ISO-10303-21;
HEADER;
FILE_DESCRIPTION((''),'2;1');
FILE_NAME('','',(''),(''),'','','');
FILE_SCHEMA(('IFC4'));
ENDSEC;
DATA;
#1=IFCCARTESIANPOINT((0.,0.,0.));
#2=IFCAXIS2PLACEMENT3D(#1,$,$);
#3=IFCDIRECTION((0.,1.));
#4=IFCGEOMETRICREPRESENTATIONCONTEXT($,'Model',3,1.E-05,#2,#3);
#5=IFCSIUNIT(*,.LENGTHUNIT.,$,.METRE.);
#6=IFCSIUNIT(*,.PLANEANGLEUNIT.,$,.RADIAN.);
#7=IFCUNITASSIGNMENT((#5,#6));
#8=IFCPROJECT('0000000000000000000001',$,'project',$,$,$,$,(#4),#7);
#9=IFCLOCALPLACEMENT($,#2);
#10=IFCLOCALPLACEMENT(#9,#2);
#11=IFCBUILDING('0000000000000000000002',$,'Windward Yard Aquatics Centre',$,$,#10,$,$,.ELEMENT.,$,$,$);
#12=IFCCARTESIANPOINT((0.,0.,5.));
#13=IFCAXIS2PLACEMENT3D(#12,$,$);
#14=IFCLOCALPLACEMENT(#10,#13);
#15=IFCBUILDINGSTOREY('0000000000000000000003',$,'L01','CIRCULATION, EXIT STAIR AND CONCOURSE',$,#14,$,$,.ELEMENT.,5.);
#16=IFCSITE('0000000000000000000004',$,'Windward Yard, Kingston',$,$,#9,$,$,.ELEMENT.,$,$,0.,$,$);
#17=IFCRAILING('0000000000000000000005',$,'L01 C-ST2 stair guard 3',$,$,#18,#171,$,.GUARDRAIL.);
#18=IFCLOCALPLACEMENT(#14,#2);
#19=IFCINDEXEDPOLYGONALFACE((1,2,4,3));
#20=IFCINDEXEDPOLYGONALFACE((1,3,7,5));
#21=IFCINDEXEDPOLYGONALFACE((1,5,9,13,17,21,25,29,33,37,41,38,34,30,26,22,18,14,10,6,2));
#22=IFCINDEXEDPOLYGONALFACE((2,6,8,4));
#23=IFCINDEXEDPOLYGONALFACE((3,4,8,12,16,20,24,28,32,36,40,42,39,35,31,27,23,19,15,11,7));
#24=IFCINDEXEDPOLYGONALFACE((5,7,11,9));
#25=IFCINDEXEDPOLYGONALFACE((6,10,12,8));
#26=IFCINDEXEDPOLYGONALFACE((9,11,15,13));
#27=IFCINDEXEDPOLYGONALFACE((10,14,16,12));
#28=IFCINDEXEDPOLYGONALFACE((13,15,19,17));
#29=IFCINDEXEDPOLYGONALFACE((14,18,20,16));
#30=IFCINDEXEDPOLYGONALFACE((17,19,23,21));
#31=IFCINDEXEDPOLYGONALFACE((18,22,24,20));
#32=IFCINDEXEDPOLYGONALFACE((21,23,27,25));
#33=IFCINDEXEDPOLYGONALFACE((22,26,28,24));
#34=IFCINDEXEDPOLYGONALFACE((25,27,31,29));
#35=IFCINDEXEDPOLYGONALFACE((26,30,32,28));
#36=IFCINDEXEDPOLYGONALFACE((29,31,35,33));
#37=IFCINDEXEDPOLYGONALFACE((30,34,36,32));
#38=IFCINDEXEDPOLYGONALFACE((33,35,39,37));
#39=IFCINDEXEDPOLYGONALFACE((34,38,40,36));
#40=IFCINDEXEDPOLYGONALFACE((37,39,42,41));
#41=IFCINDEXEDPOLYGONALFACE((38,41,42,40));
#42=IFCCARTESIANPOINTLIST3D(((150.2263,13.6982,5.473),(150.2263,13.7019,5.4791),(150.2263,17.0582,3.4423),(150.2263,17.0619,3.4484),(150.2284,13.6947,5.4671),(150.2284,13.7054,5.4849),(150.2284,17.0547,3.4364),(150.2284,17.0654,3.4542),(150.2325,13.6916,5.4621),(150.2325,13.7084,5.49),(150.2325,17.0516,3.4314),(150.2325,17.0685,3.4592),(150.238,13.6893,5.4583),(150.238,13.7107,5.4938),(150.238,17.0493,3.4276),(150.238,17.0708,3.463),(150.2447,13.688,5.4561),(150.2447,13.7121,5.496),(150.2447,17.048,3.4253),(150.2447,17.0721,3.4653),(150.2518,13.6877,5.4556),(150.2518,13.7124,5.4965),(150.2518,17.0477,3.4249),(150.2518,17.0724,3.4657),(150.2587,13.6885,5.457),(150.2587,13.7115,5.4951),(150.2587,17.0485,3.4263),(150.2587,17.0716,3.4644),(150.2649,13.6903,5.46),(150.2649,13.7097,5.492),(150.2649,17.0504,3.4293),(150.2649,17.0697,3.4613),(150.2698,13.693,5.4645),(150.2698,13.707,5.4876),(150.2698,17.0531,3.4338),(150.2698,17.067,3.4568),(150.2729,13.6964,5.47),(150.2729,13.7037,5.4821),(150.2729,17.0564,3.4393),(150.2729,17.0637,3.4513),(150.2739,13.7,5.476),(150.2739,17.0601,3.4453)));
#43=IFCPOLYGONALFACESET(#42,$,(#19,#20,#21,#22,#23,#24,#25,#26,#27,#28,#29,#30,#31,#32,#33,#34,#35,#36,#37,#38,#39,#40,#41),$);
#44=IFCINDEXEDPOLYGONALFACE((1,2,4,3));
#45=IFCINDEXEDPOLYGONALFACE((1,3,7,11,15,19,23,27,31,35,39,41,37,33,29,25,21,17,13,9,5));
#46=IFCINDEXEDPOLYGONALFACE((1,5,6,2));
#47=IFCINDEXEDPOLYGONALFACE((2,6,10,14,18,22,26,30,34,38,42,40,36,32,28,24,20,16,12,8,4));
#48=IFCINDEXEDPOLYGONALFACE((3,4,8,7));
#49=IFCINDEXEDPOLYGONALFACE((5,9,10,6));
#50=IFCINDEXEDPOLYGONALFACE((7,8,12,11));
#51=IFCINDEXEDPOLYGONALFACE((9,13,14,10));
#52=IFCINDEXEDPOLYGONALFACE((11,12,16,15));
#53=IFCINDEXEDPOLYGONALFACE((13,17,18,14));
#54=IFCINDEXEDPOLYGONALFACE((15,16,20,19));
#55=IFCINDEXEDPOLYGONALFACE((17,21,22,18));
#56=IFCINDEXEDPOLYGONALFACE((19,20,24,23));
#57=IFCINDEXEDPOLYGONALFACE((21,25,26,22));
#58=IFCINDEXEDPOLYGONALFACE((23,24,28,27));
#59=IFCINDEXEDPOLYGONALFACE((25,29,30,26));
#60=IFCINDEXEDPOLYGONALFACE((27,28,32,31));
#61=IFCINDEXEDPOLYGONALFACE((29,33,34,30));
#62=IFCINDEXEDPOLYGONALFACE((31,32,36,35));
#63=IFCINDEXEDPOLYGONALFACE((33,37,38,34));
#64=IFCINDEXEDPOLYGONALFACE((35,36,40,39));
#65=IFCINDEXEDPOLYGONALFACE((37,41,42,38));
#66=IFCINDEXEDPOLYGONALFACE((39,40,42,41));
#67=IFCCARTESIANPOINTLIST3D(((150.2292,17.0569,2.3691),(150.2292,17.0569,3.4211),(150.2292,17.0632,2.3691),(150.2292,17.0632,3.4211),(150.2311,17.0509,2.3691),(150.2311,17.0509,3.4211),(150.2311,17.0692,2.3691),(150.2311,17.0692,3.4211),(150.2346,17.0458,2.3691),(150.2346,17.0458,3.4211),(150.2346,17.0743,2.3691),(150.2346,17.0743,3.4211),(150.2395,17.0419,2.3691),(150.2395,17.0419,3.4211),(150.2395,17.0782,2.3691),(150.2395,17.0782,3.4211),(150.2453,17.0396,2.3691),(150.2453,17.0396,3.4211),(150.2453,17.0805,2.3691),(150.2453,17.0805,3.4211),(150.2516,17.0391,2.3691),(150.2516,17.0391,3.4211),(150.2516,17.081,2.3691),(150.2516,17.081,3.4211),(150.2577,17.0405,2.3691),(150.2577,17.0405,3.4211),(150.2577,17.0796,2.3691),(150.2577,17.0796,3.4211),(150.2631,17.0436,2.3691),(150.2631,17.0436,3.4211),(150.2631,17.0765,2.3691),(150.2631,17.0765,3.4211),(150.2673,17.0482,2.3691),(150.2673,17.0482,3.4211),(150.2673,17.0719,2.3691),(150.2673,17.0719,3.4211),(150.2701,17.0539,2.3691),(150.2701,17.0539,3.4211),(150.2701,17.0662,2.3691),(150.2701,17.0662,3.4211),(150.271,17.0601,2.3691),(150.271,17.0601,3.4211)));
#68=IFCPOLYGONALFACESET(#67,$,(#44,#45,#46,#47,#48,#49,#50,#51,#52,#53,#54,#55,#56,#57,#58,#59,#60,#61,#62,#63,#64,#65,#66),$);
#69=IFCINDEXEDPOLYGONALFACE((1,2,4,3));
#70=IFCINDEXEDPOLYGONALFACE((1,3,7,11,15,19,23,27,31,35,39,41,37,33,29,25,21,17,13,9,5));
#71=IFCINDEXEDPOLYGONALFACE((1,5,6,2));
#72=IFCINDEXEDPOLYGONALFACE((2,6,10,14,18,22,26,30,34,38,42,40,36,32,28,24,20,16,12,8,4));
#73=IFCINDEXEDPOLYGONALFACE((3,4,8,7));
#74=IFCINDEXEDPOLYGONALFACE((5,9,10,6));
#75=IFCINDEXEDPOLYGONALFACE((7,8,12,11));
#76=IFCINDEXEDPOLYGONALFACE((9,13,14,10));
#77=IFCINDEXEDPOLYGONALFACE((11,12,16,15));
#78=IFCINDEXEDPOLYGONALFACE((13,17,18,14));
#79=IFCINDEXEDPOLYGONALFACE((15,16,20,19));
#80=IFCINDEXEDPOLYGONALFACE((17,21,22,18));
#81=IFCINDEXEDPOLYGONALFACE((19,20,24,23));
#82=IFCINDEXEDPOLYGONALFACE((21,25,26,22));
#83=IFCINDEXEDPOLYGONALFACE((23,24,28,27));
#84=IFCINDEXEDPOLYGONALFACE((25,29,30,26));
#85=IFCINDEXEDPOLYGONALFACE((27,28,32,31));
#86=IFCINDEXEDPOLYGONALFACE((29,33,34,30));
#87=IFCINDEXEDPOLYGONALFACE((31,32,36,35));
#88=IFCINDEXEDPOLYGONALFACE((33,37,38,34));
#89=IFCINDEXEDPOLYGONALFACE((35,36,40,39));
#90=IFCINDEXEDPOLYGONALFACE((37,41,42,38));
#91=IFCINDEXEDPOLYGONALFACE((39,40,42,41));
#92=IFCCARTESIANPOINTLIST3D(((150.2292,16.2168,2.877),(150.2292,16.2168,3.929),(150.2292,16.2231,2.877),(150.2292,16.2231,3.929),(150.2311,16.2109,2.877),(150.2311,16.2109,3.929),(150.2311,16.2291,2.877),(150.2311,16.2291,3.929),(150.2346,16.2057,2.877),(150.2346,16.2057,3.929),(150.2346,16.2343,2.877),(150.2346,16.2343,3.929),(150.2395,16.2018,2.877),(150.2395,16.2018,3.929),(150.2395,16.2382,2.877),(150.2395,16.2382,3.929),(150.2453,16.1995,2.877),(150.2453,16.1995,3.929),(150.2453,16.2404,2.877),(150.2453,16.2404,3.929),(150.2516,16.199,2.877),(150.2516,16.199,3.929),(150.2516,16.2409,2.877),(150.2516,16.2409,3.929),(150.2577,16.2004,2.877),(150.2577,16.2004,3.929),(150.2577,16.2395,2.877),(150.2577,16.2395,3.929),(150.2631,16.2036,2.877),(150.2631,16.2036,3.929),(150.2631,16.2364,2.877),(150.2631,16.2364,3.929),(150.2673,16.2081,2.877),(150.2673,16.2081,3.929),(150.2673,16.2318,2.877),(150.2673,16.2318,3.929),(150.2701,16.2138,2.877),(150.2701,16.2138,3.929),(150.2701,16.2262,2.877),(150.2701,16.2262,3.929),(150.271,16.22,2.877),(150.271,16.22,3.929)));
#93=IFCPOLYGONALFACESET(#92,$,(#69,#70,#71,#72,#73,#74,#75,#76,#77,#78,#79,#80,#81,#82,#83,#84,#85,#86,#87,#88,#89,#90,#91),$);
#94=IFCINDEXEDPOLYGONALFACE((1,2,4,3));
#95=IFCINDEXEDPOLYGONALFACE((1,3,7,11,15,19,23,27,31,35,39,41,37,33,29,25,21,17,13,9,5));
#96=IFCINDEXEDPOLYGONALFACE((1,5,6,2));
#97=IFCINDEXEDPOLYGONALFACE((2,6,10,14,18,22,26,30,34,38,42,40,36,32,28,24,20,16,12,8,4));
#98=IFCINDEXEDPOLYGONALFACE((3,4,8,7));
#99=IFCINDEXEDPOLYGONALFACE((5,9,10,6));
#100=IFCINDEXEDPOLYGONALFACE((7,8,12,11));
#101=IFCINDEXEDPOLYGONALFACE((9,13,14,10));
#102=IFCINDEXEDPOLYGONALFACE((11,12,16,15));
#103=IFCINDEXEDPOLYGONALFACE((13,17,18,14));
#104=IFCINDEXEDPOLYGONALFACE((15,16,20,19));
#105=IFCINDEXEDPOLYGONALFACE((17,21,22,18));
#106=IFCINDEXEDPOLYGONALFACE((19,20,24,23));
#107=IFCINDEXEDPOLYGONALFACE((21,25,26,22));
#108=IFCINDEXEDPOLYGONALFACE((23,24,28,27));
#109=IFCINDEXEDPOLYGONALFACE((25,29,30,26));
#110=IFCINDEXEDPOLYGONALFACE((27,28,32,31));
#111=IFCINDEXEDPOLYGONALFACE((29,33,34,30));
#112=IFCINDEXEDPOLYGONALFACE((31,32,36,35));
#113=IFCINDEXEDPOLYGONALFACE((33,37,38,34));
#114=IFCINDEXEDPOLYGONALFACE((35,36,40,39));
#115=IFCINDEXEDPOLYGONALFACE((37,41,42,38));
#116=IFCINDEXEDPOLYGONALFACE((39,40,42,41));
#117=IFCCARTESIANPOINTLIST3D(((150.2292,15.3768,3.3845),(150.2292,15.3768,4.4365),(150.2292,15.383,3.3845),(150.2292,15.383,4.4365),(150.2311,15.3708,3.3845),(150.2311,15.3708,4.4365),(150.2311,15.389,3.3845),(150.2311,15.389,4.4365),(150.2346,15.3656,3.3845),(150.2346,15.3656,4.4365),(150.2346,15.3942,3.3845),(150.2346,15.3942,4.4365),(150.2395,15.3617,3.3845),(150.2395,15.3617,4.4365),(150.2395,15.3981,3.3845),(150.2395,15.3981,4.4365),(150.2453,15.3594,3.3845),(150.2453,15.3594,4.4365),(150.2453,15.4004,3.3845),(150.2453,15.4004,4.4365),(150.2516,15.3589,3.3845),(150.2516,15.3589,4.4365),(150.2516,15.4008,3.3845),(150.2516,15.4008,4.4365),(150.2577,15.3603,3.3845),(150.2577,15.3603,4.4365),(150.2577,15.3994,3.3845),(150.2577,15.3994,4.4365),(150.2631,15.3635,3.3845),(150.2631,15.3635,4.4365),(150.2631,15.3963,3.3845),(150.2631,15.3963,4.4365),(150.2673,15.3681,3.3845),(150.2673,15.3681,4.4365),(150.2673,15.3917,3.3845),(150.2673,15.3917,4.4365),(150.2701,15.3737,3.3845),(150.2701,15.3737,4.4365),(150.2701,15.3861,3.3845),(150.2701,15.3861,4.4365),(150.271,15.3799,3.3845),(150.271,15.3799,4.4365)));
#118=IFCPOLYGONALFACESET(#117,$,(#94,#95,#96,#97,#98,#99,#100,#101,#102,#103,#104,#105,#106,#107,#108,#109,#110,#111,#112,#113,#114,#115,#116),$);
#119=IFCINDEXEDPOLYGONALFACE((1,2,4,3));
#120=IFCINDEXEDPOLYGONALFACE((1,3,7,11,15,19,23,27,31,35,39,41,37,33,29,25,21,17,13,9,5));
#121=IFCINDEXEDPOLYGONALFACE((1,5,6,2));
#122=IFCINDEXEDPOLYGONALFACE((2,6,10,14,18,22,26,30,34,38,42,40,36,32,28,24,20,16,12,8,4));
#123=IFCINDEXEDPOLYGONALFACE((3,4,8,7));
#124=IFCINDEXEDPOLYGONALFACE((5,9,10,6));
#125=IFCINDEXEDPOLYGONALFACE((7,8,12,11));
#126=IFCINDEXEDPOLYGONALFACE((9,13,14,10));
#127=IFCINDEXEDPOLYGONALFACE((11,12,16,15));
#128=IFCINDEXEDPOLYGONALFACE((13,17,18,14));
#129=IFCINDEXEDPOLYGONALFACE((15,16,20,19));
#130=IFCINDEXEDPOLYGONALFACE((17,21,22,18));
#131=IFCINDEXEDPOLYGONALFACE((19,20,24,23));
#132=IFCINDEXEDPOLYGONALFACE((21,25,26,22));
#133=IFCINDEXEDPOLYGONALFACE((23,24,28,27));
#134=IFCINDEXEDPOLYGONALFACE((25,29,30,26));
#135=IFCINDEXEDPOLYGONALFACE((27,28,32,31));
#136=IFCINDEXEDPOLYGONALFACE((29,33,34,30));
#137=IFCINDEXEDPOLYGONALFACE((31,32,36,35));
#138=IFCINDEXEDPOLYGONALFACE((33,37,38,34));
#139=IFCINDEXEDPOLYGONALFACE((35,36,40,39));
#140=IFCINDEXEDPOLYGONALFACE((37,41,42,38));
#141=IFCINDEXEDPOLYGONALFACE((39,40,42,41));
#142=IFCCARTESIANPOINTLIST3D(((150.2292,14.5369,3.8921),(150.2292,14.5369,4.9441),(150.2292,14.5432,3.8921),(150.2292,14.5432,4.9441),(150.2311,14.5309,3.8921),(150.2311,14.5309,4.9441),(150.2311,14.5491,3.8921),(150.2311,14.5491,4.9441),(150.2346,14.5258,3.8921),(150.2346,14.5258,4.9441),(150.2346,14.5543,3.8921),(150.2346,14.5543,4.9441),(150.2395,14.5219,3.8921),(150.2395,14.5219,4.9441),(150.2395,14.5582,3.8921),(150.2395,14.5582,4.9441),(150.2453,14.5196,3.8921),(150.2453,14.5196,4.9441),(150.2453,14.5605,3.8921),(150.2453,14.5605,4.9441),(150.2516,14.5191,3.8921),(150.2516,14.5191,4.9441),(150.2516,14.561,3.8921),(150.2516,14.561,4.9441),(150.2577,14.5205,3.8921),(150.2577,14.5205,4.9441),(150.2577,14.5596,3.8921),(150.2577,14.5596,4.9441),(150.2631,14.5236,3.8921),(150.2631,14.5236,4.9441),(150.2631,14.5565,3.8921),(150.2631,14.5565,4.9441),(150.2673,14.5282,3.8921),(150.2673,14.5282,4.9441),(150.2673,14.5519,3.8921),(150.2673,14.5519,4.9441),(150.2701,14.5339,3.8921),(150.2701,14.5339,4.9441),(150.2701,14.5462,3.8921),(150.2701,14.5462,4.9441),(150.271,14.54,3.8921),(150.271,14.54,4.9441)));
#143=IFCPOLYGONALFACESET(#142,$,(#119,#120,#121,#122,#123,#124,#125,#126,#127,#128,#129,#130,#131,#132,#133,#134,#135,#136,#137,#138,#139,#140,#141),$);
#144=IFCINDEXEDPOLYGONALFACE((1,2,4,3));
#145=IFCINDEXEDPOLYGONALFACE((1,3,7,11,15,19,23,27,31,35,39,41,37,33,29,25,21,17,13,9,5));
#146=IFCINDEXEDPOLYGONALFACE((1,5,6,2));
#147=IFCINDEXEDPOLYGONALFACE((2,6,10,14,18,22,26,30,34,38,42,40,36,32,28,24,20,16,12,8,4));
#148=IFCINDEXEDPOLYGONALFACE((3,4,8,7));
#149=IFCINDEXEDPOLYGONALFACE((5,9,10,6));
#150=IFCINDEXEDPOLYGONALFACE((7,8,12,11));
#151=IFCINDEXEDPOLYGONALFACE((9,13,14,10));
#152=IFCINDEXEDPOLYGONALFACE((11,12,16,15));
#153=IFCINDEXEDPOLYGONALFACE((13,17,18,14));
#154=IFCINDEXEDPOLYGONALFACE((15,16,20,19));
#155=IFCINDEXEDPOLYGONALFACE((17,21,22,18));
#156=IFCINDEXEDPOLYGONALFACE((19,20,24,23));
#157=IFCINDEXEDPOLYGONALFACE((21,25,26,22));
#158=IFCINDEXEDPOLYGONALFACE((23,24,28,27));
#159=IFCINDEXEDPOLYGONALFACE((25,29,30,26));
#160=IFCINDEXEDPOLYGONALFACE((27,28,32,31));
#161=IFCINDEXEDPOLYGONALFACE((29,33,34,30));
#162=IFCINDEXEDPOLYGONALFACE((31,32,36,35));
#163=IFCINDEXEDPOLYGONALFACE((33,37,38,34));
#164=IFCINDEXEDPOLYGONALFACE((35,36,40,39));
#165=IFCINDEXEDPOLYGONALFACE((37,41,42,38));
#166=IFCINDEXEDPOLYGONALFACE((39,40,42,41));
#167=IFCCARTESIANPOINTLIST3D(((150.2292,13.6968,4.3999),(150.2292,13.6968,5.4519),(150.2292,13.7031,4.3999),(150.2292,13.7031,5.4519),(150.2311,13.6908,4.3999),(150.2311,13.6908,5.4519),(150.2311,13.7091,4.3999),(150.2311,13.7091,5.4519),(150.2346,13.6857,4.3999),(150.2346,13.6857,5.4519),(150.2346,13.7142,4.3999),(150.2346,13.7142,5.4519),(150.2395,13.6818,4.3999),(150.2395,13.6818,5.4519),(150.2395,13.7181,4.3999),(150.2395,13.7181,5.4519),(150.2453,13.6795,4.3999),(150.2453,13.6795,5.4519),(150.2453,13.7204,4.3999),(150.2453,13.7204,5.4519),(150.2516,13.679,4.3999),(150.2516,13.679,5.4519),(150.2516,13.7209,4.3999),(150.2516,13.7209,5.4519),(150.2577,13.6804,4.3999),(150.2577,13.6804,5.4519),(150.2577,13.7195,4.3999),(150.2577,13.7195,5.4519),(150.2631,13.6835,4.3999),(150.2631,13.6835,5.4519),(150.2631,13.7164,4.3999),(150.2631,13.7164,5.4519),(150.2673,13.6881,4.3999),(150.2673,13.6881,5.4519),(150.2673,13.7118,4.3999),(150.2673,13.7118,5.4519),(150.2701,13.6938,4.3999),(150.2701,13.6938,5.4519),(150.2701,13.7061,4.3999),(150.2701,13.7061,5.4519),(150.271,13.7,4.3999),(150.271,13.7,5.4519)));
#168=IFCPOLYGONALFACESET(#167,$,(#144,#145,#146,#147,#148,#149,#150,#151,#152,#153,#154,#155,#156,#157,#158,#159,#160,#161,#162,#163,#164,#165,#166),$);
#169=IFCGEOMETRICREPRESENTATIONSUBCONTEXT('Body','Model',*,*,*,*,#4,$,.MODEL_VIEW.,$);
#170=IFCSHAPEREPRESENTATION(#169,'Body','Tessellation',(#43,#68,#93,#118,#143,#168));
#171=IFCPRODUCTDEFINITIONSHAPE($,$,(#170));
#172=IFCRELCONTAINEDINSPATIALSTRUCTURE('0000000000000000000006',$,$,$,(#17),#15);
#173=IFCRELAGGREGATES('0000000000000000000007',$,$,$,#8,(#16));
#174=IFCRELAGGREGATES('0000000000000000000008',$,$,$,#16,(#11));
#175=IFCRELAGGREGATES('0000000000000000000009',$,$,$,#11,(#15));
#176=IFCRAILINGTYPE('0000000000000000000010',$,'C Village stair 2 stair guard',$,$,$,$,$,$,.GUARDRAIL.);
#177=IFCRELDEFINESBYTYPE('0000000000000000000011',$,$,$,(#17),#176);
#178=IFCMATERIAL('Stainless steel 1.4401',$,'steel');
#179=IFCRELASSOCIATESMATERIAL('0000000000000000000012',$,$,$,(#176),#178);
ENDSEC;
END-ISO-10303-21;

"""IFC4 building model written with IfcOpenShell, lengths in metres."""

from ifc_helpers import new_model, si_unit, direction, frame, origin, origin_2d, place, context, subcontext, project, spatial, circle, extrude, material, type_object, element, save


model = new_model("IFC4")

# Units and contexts
model_context = context("Model", 3, precision=1e-05, world=origin(), true_north=direction((0.0, 1.0)))
body_context = subcontext(model_context, "Body", "Model", "MODEL_VIEW")
ifc_project = project(units=[si_unit("LENGTHUNIT", "METRE"), si_unit("PLANEANGLEUNIT", "RADIAN")], contexts=[model_context])

# Site, building, storey
site_placement = place(None, origin())
site = spatial("IfcSite", under=ifc_project, at=site_placement, Name="Windward Yard, Kingston", CompositionType="ELEMENT", RefElevation=0.0)
building_placement = place(site_placement, origin())
building = spatial("IfcBuilding", under=site, at=building_placement, Name="Windward Yard Aquatics Centre", CompositionType="ELEMENT")
storey_placement = place(building_placement, frame((0.0, 0.0, 5.0)))
storey = spatial("IfcBuildingStorey", under=building, at=storey_placement, Name="L01", Description="CIRCULATION, EXIT STAIR AND CONCOURSE", CompositionType="ELEMENT", Elevation=5.0)

# Railing
ifc_material_1 = material(Name="Stainless steel 1.4401", Category="steel")
railing_type_1 = type_object("IfcRailingType", Name="C Village stair 2 stair guard", PredefinedType="GUARDRAIL", material=ifc_material_1)
railing_1_placement = place(storey_placement, frame((150.25, 17.0601, 2.3691)))
element("IfcRailing", 1, at=railing_1_placement, inside=storey, type_object=railing_type_1, Name="L01 C-ST2 stair guard 3", PredefinedType="GUARDRAIL", context=body_context, shape_type="SweptSolid", body=[
    extrude(circle(Radius=0.0239, at=origin_2d()), frame((0.0, 0.0, 1.0762), z_axis=(0.0, -0.855837, 0.517246), x_axis=(1.0, 0.0, 0.0)), (0.0, 0.0, 1.0), 3.926),
    extrude(circle(Radius=0.021, at=origin_2d()), origin(), (0.0, 0.0, 1.0), 1.052),
    extrude(circle(Radius=0.021, at=origin_2d()), frame((0.0, -0.8401, 0.5078)), (0.0, 0.0, 1.0), 1.052),
    extrude(circle(Radius=0.021, at=origin_2d()), frame((0.0, -1.6802, 1.0154)), (0.0, 0.0, 1.0), 1.052),
    extrude(circle(Radius=0.021, at=origin_2d()), frame((0.0, -2.52, 1.5229)), (0.0, 0.0, 1.0), 1.052),
    extrude(circle(Radius=0.021, at=origin_2d()), frame((0.0, -3.3601, 2.0308)), (0.0, 0.0, 1.0), 1.052),
])

save(model, "model.ifc")
